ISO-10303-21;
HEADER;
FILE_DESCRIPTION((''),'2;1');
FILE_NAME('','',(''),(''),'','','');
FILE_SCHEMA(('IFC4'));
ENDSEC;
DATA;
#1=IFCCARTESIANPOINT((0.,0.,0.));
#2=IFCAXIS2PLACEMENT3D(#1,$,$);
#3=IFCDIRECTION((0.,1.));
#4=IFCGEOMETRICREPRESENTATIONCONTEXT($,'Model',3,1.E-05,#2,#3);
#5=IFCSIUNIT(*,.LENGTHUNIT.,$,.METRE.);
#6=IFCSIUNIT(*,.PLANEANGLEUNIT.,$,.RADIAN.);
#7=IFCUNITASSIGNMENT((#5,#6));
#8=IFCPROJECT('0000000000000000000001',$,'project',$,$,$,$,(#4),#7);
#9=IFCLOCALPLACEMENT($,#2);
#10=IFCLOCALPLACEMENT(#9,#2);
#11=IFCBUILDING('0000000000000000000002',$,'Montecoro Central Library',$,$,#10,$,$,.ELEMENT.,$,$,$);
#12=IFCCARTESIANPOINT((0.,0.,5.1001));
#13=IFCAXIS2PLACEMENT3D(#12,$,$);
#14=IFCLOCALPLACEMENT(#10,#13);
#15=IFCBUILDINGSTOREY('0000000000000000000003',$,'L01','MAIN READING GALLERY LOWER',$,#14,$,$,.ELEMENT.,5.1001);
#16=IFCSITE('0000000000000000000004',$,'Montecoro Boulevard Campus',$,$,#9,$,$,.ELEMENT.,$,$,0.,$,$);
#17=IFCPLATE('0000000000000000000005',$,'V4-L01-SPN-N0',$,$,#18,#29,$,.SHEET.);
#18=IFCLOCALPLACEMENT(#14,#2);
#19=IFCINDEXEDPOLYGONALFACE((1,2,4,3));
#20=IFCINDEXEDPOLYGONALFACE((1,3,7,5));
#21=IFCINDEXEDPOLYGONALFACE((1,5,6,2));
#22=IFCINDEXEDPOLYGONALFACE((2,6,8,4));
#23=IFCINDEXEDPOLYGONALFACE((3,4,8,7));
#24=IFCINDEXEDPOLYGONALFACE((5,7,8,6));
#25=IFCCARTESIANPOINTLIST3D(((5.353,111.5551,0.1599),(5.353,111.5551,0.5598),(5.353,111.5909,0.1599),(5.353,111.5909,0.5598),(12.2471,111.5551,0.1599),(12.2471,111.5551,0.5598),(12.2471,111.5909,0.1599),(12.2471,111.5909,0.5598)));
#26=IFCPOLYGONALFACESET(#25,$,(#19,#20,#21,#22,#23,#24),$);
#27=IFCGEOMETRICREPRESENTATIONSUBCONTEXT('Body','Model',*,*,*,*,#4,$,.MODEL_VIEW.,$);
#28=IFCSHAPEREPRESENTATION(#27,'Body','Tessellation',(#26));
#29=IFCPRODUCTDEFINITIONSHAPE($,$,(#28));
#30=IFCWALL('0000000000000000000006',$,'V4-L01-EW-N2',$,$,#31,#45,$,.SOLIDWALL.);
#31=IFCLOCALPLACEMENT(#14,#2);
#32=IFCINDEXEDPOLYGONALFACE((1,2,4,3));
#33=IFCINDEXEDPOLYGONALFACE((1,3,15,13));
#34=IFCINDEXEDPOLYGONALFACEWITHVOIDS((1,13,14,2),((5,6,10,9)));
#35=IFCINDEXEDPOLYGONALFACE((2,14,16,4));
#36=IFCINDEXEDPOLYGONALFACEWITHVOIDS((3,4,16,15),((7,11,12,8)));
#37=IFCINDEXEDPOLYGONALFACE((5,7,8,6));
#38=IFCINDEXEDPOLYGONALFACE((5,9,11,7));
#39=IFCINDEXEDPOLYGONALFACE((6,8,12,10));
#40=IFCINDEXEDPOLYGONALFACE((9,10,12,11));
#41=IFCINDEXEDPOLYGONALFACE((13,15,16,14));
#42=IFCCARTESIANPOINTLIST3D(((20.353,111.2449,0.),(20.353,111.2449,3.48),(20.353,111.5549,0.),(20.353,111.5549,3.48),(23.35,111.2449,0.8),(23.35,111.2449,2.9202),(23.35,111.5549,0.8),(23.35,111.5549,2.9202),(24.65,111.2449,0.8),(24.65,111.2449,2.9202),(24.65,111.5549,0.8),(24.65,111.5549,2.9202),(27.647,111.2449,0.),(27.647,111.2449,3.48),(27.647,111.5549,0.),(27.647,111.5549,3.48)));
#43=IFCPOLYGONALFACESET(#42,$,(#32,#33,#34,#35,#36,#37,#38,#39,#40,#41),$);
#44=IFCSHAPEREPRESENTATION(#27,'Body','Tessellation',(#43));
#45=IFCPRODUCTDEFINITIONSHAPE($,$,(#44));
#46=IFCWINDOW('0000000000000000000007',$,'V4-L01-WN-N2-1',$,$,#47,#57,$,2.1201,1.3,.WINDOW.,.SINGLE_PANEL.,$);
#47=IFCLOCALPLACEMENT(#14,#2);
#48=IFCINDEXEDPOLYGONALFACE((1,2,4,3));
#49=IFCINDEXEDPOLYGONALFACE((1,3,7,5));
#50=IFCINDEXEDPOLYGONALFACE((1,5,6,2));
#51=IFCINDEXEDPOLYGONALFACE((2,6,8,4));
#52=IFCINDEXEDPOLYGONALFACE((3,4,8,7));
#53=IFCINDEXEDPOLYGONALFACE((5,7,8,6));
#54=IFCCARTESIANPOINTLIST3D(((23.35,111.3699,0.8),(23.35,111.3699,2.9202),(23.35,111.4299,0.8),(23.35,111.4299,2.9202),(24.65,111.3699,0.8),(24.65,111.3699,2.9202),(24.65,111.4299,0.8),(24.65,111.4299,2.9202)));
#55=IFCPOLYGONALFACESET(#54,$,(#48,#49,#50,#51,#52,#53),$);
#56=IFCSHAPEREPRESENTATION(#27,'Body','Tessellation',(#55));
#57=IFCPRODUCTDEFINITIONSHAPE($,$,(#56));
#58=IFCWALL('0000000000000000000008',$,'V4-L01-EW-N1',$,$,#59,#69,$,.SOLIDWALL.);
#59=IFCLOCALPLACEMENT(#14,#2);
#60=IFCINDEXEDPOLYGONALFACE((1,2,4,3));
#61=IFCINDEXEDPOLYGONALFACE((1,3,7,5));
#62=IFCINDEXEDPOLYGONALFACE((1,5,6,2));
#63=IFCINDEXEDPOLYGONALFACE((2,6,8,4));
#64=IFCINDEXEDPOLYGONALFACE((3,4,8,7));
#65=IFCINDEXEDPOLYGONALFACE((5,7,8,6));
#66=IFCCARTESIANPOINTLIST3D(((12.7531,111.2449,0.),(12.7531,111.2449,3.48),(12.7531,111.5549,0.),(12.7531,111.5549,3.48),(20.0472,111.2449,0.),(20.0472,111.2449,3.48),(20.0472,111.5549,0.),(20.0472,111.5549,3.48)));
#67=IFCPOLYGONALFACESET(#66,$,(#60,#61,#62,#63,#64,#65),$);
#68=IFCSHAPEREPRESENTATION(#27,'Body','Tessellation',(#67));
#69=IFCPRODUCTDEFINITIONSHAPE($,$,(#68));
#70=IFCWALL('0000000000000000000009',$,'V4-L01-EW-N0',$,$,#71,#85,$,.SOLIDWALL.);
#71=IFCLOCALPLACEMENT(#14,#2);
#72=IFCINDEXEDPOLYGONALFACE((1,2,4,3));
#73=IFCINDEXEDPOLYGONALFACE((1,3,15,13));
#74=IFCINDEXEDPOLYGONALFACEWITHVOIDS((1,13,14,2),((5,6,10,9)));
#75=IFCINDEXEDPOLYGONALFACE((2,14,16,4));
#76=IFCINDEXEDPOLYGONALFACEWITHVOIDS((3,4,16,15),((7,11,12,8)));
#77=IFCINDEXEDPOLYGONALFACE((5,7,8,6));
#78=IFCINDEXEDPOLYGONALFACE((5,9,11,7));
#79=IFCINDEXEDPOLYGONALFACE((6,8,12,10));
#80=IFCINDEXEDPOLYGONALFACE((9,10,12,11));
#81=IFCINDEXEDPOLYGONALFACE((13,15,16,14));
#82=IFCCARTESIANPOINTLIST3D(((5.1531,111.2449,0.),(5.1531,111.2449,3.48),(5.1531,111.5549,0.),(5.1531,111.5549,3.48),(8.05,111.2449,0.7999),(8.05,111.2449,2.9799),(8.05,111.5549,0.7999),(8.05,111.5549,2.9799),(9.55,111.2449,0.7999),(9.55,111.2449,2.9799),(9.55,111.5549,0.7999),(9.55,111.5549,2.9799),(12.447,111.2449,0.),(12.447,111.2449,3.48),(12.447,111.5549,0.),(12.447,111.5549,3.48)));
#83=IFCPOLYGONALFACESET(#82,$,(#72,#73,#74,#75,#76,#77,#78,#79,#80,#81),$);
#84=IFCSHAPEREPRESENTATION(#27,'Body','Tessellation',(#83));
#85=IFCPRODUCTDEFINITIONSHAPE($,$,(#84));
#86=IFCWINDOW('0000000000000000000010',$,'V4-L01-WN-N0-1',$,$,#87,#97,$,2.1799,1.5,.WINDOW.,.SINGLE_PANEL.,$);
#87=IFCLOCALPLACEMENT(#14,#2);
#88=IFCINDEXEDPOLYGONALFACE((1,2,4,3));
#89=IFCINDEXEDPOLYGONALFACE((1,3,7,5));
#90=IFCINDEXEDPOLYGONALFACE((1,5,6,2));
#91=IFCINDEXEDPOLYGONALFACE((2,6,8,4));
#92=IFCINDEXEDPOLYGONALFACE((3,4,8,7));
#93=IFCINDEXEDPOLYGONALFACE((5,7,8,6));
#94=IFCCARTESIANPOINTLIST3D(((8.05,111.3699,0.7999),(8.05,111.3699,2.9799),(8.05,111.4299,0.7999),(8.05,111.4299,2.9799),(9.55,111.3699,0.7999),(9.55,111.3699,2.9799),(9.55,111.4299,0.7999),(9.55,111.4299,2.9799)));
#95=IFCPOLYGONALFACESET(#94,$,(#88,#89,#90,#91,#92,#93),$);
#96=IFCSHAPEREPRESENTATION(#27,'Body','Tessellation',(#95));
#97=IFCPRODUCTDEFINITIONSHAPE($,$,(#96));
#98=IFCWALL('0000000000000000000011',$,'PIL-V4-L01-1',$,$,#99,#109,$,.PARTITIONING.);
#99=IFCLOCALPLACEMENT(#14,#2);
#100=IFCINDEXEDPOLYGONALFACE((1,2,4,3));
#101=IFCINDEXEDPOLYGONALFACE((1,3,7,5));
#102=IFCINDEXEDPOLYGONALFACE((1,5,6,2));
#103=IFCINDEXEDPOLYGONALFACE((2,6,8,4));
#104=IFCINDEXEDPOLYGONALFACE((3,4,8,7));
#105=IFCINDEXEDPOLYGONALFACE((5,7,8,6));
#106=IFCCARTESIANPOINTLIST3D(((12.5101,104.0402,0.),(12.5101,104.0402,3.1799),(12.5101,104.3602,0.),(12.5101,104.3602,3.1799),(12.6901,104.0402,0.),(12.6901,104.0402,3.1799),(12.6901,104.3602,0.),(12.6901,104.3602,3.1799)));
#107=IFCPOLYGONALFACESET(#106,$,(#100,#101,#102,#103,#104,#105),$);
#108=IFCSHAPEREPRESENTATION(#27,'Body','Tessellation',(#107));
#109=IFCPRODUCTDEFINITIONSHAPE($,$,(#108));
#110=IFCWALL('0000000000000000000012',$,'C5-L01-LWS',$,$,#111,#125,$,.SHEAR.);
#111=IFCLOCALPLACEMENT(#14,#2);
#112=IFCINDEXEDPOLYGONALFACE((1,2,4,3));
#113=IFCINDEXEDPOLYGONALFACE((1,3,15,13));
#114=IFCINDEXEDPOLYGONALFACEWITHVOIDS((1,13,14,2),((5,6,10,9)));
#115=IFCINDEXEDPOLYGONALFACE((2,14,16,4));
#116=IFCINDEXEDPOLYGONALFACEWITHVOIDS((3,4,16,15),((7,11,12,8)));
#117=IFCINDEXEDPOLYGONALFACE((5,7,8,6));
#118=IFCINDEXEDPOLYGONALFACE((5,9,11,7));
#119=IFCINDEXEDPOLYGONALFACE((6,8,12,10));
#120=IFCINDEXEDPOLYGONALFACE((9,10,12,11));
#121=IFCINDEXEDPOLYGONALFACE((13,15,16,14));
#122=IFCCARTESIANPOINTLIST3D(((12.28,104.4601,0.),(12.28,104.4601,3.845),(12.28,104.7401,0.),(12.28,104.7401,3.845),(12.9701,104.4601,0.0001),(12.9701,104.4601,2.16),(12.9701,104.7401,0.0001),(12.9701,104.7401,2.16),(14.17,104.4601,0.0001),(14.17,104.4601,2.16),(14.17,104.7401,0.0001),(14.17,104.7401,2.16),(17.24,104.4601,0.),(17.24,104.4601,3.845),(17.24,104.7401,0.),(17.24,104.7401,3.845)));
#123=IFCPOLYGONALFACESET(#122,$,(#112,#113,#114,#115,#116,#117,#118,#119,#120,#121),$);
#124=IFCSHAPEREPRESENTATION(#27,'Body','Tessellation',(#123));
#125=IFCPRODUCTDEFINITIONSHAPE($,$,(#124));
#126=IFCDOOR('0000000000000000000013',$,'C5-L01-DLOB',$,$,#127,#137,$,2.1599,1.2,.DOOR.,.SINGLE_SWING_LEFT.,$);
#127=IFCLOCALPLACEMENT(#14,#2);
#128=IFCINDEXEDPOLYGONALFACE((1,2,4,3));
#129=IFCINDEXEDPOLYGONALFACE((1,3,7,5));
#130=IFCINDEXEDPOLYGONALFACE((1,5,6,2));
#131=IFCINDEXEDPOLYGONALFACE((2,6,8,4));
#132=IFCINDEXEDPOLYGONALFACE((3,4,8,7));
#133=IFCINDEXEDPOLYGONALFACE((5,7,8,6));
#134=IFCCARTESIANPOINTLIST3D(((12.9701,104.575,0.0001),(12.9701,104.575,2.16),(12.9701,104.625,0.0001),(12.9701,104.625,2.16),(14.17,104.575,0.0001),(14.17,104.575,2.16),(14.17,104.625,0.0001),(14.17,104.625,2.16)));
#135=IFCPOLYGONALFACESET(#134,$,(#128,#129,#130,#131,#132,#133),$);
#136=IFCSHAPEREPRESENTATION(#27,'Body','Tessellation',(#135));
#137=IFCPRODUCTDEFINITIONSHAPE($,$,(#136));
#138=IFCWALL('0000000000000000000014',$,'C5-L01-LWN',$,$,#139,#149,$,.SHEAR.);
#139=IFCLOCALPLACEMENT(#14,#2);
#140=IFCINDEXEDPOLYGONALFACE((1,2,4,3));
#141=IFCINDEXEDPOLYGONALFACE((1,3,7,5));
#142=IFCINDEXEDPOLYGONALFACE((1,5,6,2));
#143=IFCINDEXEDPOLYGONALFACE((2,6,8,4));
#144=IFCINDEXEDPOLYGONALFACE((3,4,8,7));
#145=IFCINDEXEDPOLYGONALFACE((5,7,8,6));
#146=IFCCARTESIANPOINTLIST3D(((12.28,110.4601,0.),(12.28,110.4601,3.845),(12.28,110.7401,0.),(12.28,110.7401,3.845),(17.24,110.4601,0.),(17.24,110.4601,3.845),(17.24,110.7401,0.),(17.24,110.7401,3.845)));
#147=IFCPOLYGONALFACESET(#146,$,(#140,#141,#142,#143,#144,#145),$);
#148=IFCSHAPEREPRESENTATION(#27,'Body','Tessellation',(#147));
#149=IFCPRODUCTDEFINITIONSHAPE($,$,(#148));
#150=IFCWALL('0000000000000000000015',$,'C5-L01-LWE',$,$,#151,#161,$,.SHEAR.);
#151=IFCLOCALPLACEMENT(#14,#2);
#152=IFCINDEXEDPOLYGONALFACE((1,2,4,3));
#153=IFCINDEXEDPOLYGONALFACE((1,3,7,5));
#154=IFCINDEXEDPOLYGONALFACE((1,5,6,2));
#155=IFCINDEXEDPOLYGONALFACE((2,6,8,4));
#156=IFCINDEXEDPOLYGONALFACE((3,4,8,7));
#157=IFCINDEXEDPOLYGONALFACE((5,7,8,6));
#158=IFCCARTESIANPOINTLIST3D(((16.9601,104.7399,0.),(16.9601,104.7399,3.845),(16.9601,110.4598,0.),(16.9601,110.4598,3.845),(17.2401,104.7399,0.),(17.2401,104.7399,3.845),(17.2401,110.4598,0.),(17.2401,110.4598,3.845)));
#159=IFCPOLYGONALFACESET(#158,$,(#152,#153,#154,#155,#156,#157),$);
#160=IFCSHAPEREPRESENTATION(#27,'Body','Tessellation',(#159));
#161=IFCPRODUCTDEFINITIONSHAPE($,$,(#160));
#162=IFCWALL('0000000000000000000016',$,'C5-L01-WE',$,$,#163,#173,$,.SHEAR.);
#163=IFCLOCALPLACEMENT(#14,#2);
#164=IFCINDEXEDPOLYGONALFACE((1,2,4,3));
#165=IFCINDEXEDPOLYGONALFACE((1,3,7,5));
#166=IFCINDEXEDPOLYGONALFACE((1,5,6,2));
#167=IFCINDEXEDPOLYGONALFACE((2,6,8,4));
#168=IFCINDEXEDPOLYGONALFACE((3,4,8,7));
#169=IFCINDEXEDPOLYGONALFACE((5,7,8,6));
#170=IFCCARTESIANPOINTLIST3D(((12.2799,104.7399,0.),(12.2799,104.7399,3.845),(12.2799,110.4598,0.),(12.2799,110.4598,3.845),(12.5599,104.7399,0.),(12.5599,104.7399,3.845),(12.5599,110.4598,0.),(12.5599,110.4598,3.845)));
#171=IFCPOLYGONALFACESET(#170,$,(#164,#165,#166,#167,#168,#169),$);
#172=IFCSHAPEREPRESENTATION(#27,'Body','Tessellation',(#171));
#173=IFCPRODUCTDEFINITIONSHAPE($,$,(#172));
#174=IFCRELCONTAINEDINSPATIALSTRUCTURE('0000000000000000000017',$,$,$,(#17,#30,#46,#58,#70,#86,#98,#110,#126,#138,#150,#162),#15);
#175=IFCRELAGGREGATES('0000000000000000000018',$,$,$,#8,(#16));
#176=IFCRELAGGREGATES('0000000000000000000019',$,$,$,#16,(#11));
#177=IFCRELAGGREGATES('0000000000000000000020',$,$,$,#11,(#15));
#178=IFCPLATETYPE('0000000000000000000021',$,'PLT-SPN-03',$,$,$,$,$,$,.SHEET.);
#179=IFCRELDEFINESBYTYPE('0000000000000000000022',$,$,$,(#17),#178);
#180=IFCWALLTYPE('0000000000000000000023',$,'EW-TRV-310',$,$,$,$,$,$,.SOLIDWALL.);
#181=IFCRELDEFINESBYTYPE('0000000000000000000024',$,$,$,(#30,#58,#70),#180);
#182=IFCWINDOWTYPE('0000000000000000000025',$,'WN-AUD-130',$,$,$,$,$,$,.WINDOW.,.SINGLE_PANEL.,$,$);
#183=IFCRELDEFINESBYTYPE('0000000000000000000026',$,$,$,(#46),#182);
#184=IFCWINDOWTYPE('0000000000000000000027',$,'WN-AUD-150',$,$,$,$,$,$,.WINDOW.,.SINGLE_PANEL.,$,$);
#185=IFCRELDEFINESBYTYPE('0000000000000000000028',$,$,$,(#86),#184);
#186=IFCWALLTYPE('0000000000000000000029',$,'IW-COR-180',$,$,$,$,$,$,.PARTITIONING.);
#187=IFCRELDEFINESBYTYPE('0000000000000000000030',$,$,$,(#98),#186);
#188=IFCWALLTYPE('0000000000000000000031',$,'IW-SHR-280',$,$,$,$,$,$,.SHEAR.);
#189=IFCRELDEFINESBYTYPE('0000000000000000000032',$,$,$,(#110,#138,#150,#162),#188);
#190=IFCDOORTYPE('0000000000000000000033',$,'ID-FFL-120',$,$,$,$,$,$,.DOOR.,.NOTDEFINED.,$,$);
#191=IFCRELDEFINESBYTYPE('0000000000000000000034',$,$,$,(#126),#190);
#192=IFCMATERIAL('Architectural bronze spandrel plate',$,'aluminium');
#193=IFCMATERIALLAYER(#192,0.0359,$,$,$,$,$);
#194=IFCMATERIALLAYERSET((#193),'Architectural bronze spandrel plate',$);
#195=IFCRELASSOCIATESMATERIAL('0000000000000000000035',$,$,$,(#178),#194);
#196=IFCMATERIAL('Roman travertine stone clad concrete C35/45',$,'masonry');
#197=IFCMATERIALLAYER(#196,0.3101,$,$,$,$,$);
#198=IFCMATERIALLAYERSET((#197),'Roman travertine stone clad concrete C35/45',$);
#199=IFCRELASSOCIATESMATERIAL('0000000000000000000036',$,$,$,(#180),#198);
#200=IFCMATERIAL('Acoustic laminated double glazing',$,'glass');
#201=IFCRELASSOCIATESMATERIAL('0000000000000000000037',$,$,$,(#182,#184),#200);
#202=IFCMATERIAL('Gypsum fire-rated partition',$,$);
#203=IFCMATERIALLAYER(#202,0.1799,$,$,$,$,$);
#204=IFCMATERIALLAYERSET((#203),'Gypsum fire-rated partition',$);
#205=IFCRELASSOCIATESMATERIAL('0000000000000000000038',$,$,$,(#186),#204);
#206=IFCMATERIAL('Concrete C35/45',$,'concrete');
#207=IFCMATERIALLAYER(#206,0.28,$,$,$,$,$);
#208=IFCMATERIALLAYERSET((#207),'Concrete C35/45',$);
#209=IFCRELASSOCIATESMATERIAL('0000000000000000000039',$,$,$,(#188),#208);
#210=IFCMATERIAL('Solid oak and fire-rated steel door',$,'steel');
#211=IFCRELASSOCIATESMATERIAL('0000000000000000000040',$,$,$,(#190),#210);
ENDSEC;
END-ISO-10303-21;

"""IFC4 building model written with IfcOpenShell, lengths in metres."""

from ifc_helpers import new_model, si_unit, direction, frame, frame_2d, origin, origin_2d, place, context, subcontext, project, spatial, rectangle, extrude, material, layer, layer_set, type_object, element, fill, save


model = new_model("IFC4")

# Units and contexts
model_context = context("Model", 3, precision=1e-05, world=origin(), true_north=direction((0.0, 1.0)))
body_context = subcontext(model_context, "Body", "Model", "MODEL_VIEW")
ifc_project = project(units=[si_unit("LENGTHUNIT", "METRE"), si_unit("PLANEANGLEUNIT", "RADIAN")], contexts=[model_context])

# Site, building, storey
site_placement = place(None, origin())
site = spatial("IfcSite", under=ifc_project, at=site_placement, Name="Montecoro Boulevard Campus", CompositionType="ELEMENT", RefElevation=0.0)
building_placement = place(site_placement, origin())
building = spatial("IfcBuilding", under=site, at=building_placement, Name="Montecoro Central Library", CompositionType="ELEMENT")
storey_placement = place(building_placement, frame((0.0, 0.0, 5.1001)))
storey = spatial("IfcBuildingStorey", under=building, at=storey_placement, Name="L01", Description="MAIN READING GALLERY LOWER", CompositionType="ELEMENT", Elevation=5.1001)

# Shared definitions
ifc_material_1 = material(Name="Concrete C35/45", Category="concrete")

# Plate
ifc_material_2 = material(Name="Architectural bronze spandrel plate", Category="aluminium")
ifc_layer_1 = layer(ifc_material_2, 0.0359)
ifc_layer_set_1 = layer_set([ifc_layer_1], Name="Architectural bronze spandrel plate")
plate_type_1 = type_object("IfcPlateType", Name="PLT-SPN-03", PredefinedType="SHEET", material=ifc_layer_set_1)
plate_1_placement = place(storey_placement, frame((8.8, 111.573, 0.1599), z_axis=(0.0, 0.0, 1.0), x_axis=(-1.0, 0.0, 0.0)))
element("IfcPlate", 1, at=plate_1_placement, inside=storey, type_object=plate_type_1, Name="V4-L01-SPN-N0", PredefinedType="SHEET", context=body_context, shape_type="SweptSolid", body=[
    extrude(rectangle(XDim=6.894, YDim=0.0359, at=origin_2d()), origin(), (0.0, 0.0, 1.0), 0.3999),
])

# Wall, opening, window
ifc_material_3 = material(Name="Roman travertine stone clad concrete C35/45", Category="masonry")
ifc_layer_2 = layer(ifc_material_3, 0.3101)
ifc_layer_set_2 = layer_set([ifc_layer_2], Name="Roman travertine stone clad concrete C35/45")
wall_type_1 = type_object("IfcWallType", Name="EW-TRV-310", PredefinedType="SOLIDWALL", material=ifc_layer_set_2)
wall_1_placement = place(storey_placement, frame((27.647, 111.3999, 0.0), z_axis=(0.0, 0.0, 1.0), x_axis=(-1.0, 0.0, 0.0)))
wall_1 = element("IfcWall", 2, at=wall_1_placement, inside=storey, type_object=wall_type_1, Name="V4-L01-EW-N2", PredefinedType="SOLIDWALL", context=body_context, shape_type="SweptSolid", body=[
    extrude(rectangle(XDim=7.2939, YDim=0.3101, at=frame_2d((3.647, 0.0))), origin(), (0.0, 0.0, 1.0), 3.48),
])
opening_1_placement = place(wall_1_placement, frame((2.9971, 0.0, 0.8)))
opening_1 = element("IfcOpeningElement", 3, at=opening_1_placement, cuts=wall_1, PredefinedType="OPENING", context=body_context, shape_type="SweptSolid", body=[
    extrude(rectangle(XDim=1.3, YDim=2.1201, at=frame_2d((0.6499, 1.0601))), frame((0.0, 0.165, 0.0), z_axis=(0.0, -1.0, 0.0), x_axis=(1.0, 0.0, 0.0)), (0.0, 0.0, 1.0), 0.3301),
])
ifc_material_4 = material(Name="Acoustic laminated double glazing", Category="glass")
window_type_1 = type_object("IfcWindowType", Name="WN-AUD-130", PartitioningType="SINGLE_PANEL", PredefinedType="WINDOW", material=ifc_material_4)
window_1_placement = place(opening_1_placement, origin())
window_1 = element("IfcWindow", 4, at=window_1_placement, inside=storey, type_object=window_type_1, Name="V4-L01-WN-N2-1", OverallHeight=2.1201, OverallWidth=1.3, PartitioningType="SINGLE_PANEL", PredefinedType="WINDOW", context=body_context, shape_type="SweptSolid", body=[
    extrude(rectangle(XDim=1.3, YDim=2.1201, at=frame_2d((0.6499, 1.0601))), frame((0.0, 0.03, 0.0), z_axis=(0.0, -1.0, 0.0), x_axis=(1.0, 0.0, 0.0)), (0.0, 0.0, 1.0), 0.0601),
])
fill(opening_1, window_1)

# Wall
wall_2_placement = place(storey_placement, frame((20.0471, 111.3999, 0.0), z_axis=(0.0, 0.0, 1.0), x_axis=(-1.0, 0.0, 0.0)))
element("IfcWall", 5, at=wall_2_placement, inside=storey, type_object=wall_type_1, Name="V4-L01-EW-N1", PredefinedType="SOLIDWALL", context=body_context, shape_type="SweptSolid", body=[
    extrude(rectangle(XDim=7.2942, YDim=0.3101, at=frame_2d((3.647, 0.0))), origin(), (0.0, 0.0, 1.0), 3.48),
])

# Wall, opening, window
wall_3_placement = place(storey_placement, frame((12.447, 111.3999, 0.0), z_axis=(0.0, 0.0, 1.0), x_axis=(-1.0, 0.0, 0.0)))
wall_3 = element("IfcWall", 6, at=wall_3_placement, inside=storey, type_object=wall_type_1, Name="V4-L01-EW-N0", PredefinedType="SOLIDWALL", context=body_context, shape_type="SweptSolid", body=[
    extrude(rectangle(XDim=7.2939, YDim=0.3101, at=frame_2d((3.647, 0.0))), origin(), (0.0, 0.0, 1.0), 3.48),
])
opening_2_placement = place(wall_3_placement, frame((2.897, 0.0, 0.8)))
opening_2 = element("IfcOpeningElement", 7, at=opening_2_placement, cuts=wall_3, PredefinedType="OPENING", context=body_context, shape_type="SweptSolid", body=[
    extrude(rectangle(XDim=1.5, YDim=2.1799, at=frame_2d((0.75, 1.0898))), frame((0.0, 0.165, 0.0), z_axis=(0.0, -1.0, 0.0), x_axis=(1.0, 0.0, 0.0)), (0.0, 0.0, 1.0), 0.3301),
])
window_type_2 = type_object("IfcWindowType", Name="WN-AUD-150", PartitioningType="SINGLE_PANEL", PredefinedType="WINDOW", material=ifc_material_4)
window_2_placement = place(opening_2_placement, origin())
window_2 = element("IfcWindow", 8, at=window_2_placement, inside=storey, type_object=window_type_2, Name="V4-L01-WN-N0-1", OverallHeight=2.1799, OverallWidth=1.5, PartitioningType="SINGLE_PANEL", PredefinedType="WINDOW", context=body_context, shape_type="SweptSolid", body=[
    extrude(rectangle(XDim=1.5, YDim=2.1799, at=frame_2d((0.75, 1.0898))), frame((0.0, 0.03, 0.0), z_axis=(0.0, -1.0, 0.0), x_axis=(1.0, 0.0, 0.0)), (0.0, 0.0, 1.0), 0.0601),
])
fill(opening_2, window_2)

# Wall
ifc_material_5 = material(Name="Gypsum fire-rated partition")
ifc_layer_3 = layer(ifc_material_5, 0.1799)
ifc_layer_set_3 = layer_set([ifc_layer_3], Name="Gypsum fire-rated partition")
wall_type_2 = type_object("IfcWallType", Name="IW-COR-180", PredefinedType="PARTITIONING", material=ifc_layer_set_3)
wall_4_placement = place(storey_placement, frame((12.6001, 104.04, 0.0), z_axis=(0.0, 0.0, 1.0), x_axis=(0.0, 1.0, 0.0)))
element("IfcWall", 9, at=wall_4_placement, inside=storey, type_object=wall_type_2, Name="PIL-V4-L01-1", PredefinedType="PARTITIONING", context=body_context, shape_type="SweptSolid", body=[
    extrude(rectangle(XDim=0.3201, YDim=0.1799, at=frame_2d((0.1602, 0.0))), origin(), (0.0, 0.0, 1.0), 3.1799),
])

# Wall, opening, door
ifc_material_6 = material(Name="Solid oak and fire-rated steel door", Category="steel")
ifc_layer_4 = layer(ifc_material_1, 0.28)
ifc_layer_set_4 = layer_set([ifc_layer_4], Name="Concrete C35/45")
wall_type_3 = type_object("IfcWallType", Name="IW-SHR-280", PredefinedType="SHEAR", material=ifc_layer_set_4)
wall_5_placement = place(storey_placement, frame((12.28, 104.6001, 0.0), z_axis=(0.0, 0.0, 1.0), x_axis=(1.0, 0.0, 0.0)))
wall_5 = element("IfcWall", 10, at=wall_5_placement, inside=storey, type_object=wall_type_3, Name="C5-L01-LWS", PredefinedType="SHEAR", context=body_context, shape_type="SweptSolid", body=[
    extrude(rectangle(XDim=4.96, YDim=0.28, at=frame_2d((2.48, 0.0))), origin(), (0.0, 0.0, 1.0), 3.845),
])
opening_3_placement = place(wall_5_placement, frame((0.6899, 0.0, 0.0)))
opening_3 = element("IfcOpeningElement", 11, at=opening_3_placement, cuts=wall_5, PredefinedType="OPENING", context=body_context, shape_type="SweptSolid", body=[
    extrude(rectangle(XDim=1.2, YDim=2.1599, at=frame_2d((0.6001, 1.0801))), frame((0.0, 0.1499, 0.0), z_axis=(0.0, -1.0, 0.0), x_axis=(1.0, 0.0, 0.0)), (0.0, 0.0, 1.0), 0.3),
])
door_type_1 = type_object("IfcDoorType", Name="ID-FFL-120", OperationType="NOTDEFINED", PredefinedType="DOOR", material=ifc_material_6)
door_1_placement = place(opening_3_placement, origin())
door_1 = element("IfcDoor", 12, at=door_1_placement, inside=storey, type_object=door_type_1, Name="C5-L01-DLOB", OperationType="SINGLE_SWING_LEFT", OverallHeight=2.1599, OverallWidth=1.2, PredefinedType="DOOR", context=body_context, shape_type="SweptSolid", body=[
    extrude(rectangle(XDim=1.2, YDim=2.1599, at=frame_2d((0.6001, 1.0801))), frame((0.0, 0.0249, 0.0), z_axis=(0.0, -1.0, 0.0), x_axis=(1.0, 0.0, 0.0)), (0.0, 0.0, 1.0), 0.05),
])
fill(opening_3, door_1)

# Walls
wall_6_placement = place(storey_placement, frame((17.24, 110.6001, 0.0), z_axis=(0.0, 0.0, 1.0), x_axis=(-1.0, 0.0, 0.0)))
element("IfcWall", 13, at=wall_6_placement, inside=storey, type_object=wall_type_3, Name="C5-L01-LWN", PredefinedType="SHEAR", context=body_context, shape_type="SweptSolid", body=[
    extrude(rectangle(XDim=4.96, YDim=0.28, at=frame_2d((2.48, 0.0))), origin(), (0.0, 0.0, 1.0), 3.845),
])
for number, where, z_axis, x_axis, name in (
    (14, (17.1001, 104.74, 0.0), (0.0, 0.0, 1.0), (0.0, 1.0, 0.0), "C5-L01-LWE"),
    (15, (12.4199, 104.74, 0.0), (0.0, 0.0, 1.0), (0.0, 1.0, 0.0), "C5-L01-WE"),
):
    element("IfcWall", number, at=place(storey_placement, frame(where, z_axis=z_axis, x_axis=x_axis)), inside=storey, type_object=wall_type_3, Name=name, PredefinedType="SHEAR", context=body_context, shape_type="SweptSolid", body=[
        extrude(rectangle(XDim=5.72, YDim=0.28, at=frame_2d((2.8599, 0.0))), origin(), (0.0, 0.0, 1.0), 3.845),
    ])

save(model, "model.ifc")
